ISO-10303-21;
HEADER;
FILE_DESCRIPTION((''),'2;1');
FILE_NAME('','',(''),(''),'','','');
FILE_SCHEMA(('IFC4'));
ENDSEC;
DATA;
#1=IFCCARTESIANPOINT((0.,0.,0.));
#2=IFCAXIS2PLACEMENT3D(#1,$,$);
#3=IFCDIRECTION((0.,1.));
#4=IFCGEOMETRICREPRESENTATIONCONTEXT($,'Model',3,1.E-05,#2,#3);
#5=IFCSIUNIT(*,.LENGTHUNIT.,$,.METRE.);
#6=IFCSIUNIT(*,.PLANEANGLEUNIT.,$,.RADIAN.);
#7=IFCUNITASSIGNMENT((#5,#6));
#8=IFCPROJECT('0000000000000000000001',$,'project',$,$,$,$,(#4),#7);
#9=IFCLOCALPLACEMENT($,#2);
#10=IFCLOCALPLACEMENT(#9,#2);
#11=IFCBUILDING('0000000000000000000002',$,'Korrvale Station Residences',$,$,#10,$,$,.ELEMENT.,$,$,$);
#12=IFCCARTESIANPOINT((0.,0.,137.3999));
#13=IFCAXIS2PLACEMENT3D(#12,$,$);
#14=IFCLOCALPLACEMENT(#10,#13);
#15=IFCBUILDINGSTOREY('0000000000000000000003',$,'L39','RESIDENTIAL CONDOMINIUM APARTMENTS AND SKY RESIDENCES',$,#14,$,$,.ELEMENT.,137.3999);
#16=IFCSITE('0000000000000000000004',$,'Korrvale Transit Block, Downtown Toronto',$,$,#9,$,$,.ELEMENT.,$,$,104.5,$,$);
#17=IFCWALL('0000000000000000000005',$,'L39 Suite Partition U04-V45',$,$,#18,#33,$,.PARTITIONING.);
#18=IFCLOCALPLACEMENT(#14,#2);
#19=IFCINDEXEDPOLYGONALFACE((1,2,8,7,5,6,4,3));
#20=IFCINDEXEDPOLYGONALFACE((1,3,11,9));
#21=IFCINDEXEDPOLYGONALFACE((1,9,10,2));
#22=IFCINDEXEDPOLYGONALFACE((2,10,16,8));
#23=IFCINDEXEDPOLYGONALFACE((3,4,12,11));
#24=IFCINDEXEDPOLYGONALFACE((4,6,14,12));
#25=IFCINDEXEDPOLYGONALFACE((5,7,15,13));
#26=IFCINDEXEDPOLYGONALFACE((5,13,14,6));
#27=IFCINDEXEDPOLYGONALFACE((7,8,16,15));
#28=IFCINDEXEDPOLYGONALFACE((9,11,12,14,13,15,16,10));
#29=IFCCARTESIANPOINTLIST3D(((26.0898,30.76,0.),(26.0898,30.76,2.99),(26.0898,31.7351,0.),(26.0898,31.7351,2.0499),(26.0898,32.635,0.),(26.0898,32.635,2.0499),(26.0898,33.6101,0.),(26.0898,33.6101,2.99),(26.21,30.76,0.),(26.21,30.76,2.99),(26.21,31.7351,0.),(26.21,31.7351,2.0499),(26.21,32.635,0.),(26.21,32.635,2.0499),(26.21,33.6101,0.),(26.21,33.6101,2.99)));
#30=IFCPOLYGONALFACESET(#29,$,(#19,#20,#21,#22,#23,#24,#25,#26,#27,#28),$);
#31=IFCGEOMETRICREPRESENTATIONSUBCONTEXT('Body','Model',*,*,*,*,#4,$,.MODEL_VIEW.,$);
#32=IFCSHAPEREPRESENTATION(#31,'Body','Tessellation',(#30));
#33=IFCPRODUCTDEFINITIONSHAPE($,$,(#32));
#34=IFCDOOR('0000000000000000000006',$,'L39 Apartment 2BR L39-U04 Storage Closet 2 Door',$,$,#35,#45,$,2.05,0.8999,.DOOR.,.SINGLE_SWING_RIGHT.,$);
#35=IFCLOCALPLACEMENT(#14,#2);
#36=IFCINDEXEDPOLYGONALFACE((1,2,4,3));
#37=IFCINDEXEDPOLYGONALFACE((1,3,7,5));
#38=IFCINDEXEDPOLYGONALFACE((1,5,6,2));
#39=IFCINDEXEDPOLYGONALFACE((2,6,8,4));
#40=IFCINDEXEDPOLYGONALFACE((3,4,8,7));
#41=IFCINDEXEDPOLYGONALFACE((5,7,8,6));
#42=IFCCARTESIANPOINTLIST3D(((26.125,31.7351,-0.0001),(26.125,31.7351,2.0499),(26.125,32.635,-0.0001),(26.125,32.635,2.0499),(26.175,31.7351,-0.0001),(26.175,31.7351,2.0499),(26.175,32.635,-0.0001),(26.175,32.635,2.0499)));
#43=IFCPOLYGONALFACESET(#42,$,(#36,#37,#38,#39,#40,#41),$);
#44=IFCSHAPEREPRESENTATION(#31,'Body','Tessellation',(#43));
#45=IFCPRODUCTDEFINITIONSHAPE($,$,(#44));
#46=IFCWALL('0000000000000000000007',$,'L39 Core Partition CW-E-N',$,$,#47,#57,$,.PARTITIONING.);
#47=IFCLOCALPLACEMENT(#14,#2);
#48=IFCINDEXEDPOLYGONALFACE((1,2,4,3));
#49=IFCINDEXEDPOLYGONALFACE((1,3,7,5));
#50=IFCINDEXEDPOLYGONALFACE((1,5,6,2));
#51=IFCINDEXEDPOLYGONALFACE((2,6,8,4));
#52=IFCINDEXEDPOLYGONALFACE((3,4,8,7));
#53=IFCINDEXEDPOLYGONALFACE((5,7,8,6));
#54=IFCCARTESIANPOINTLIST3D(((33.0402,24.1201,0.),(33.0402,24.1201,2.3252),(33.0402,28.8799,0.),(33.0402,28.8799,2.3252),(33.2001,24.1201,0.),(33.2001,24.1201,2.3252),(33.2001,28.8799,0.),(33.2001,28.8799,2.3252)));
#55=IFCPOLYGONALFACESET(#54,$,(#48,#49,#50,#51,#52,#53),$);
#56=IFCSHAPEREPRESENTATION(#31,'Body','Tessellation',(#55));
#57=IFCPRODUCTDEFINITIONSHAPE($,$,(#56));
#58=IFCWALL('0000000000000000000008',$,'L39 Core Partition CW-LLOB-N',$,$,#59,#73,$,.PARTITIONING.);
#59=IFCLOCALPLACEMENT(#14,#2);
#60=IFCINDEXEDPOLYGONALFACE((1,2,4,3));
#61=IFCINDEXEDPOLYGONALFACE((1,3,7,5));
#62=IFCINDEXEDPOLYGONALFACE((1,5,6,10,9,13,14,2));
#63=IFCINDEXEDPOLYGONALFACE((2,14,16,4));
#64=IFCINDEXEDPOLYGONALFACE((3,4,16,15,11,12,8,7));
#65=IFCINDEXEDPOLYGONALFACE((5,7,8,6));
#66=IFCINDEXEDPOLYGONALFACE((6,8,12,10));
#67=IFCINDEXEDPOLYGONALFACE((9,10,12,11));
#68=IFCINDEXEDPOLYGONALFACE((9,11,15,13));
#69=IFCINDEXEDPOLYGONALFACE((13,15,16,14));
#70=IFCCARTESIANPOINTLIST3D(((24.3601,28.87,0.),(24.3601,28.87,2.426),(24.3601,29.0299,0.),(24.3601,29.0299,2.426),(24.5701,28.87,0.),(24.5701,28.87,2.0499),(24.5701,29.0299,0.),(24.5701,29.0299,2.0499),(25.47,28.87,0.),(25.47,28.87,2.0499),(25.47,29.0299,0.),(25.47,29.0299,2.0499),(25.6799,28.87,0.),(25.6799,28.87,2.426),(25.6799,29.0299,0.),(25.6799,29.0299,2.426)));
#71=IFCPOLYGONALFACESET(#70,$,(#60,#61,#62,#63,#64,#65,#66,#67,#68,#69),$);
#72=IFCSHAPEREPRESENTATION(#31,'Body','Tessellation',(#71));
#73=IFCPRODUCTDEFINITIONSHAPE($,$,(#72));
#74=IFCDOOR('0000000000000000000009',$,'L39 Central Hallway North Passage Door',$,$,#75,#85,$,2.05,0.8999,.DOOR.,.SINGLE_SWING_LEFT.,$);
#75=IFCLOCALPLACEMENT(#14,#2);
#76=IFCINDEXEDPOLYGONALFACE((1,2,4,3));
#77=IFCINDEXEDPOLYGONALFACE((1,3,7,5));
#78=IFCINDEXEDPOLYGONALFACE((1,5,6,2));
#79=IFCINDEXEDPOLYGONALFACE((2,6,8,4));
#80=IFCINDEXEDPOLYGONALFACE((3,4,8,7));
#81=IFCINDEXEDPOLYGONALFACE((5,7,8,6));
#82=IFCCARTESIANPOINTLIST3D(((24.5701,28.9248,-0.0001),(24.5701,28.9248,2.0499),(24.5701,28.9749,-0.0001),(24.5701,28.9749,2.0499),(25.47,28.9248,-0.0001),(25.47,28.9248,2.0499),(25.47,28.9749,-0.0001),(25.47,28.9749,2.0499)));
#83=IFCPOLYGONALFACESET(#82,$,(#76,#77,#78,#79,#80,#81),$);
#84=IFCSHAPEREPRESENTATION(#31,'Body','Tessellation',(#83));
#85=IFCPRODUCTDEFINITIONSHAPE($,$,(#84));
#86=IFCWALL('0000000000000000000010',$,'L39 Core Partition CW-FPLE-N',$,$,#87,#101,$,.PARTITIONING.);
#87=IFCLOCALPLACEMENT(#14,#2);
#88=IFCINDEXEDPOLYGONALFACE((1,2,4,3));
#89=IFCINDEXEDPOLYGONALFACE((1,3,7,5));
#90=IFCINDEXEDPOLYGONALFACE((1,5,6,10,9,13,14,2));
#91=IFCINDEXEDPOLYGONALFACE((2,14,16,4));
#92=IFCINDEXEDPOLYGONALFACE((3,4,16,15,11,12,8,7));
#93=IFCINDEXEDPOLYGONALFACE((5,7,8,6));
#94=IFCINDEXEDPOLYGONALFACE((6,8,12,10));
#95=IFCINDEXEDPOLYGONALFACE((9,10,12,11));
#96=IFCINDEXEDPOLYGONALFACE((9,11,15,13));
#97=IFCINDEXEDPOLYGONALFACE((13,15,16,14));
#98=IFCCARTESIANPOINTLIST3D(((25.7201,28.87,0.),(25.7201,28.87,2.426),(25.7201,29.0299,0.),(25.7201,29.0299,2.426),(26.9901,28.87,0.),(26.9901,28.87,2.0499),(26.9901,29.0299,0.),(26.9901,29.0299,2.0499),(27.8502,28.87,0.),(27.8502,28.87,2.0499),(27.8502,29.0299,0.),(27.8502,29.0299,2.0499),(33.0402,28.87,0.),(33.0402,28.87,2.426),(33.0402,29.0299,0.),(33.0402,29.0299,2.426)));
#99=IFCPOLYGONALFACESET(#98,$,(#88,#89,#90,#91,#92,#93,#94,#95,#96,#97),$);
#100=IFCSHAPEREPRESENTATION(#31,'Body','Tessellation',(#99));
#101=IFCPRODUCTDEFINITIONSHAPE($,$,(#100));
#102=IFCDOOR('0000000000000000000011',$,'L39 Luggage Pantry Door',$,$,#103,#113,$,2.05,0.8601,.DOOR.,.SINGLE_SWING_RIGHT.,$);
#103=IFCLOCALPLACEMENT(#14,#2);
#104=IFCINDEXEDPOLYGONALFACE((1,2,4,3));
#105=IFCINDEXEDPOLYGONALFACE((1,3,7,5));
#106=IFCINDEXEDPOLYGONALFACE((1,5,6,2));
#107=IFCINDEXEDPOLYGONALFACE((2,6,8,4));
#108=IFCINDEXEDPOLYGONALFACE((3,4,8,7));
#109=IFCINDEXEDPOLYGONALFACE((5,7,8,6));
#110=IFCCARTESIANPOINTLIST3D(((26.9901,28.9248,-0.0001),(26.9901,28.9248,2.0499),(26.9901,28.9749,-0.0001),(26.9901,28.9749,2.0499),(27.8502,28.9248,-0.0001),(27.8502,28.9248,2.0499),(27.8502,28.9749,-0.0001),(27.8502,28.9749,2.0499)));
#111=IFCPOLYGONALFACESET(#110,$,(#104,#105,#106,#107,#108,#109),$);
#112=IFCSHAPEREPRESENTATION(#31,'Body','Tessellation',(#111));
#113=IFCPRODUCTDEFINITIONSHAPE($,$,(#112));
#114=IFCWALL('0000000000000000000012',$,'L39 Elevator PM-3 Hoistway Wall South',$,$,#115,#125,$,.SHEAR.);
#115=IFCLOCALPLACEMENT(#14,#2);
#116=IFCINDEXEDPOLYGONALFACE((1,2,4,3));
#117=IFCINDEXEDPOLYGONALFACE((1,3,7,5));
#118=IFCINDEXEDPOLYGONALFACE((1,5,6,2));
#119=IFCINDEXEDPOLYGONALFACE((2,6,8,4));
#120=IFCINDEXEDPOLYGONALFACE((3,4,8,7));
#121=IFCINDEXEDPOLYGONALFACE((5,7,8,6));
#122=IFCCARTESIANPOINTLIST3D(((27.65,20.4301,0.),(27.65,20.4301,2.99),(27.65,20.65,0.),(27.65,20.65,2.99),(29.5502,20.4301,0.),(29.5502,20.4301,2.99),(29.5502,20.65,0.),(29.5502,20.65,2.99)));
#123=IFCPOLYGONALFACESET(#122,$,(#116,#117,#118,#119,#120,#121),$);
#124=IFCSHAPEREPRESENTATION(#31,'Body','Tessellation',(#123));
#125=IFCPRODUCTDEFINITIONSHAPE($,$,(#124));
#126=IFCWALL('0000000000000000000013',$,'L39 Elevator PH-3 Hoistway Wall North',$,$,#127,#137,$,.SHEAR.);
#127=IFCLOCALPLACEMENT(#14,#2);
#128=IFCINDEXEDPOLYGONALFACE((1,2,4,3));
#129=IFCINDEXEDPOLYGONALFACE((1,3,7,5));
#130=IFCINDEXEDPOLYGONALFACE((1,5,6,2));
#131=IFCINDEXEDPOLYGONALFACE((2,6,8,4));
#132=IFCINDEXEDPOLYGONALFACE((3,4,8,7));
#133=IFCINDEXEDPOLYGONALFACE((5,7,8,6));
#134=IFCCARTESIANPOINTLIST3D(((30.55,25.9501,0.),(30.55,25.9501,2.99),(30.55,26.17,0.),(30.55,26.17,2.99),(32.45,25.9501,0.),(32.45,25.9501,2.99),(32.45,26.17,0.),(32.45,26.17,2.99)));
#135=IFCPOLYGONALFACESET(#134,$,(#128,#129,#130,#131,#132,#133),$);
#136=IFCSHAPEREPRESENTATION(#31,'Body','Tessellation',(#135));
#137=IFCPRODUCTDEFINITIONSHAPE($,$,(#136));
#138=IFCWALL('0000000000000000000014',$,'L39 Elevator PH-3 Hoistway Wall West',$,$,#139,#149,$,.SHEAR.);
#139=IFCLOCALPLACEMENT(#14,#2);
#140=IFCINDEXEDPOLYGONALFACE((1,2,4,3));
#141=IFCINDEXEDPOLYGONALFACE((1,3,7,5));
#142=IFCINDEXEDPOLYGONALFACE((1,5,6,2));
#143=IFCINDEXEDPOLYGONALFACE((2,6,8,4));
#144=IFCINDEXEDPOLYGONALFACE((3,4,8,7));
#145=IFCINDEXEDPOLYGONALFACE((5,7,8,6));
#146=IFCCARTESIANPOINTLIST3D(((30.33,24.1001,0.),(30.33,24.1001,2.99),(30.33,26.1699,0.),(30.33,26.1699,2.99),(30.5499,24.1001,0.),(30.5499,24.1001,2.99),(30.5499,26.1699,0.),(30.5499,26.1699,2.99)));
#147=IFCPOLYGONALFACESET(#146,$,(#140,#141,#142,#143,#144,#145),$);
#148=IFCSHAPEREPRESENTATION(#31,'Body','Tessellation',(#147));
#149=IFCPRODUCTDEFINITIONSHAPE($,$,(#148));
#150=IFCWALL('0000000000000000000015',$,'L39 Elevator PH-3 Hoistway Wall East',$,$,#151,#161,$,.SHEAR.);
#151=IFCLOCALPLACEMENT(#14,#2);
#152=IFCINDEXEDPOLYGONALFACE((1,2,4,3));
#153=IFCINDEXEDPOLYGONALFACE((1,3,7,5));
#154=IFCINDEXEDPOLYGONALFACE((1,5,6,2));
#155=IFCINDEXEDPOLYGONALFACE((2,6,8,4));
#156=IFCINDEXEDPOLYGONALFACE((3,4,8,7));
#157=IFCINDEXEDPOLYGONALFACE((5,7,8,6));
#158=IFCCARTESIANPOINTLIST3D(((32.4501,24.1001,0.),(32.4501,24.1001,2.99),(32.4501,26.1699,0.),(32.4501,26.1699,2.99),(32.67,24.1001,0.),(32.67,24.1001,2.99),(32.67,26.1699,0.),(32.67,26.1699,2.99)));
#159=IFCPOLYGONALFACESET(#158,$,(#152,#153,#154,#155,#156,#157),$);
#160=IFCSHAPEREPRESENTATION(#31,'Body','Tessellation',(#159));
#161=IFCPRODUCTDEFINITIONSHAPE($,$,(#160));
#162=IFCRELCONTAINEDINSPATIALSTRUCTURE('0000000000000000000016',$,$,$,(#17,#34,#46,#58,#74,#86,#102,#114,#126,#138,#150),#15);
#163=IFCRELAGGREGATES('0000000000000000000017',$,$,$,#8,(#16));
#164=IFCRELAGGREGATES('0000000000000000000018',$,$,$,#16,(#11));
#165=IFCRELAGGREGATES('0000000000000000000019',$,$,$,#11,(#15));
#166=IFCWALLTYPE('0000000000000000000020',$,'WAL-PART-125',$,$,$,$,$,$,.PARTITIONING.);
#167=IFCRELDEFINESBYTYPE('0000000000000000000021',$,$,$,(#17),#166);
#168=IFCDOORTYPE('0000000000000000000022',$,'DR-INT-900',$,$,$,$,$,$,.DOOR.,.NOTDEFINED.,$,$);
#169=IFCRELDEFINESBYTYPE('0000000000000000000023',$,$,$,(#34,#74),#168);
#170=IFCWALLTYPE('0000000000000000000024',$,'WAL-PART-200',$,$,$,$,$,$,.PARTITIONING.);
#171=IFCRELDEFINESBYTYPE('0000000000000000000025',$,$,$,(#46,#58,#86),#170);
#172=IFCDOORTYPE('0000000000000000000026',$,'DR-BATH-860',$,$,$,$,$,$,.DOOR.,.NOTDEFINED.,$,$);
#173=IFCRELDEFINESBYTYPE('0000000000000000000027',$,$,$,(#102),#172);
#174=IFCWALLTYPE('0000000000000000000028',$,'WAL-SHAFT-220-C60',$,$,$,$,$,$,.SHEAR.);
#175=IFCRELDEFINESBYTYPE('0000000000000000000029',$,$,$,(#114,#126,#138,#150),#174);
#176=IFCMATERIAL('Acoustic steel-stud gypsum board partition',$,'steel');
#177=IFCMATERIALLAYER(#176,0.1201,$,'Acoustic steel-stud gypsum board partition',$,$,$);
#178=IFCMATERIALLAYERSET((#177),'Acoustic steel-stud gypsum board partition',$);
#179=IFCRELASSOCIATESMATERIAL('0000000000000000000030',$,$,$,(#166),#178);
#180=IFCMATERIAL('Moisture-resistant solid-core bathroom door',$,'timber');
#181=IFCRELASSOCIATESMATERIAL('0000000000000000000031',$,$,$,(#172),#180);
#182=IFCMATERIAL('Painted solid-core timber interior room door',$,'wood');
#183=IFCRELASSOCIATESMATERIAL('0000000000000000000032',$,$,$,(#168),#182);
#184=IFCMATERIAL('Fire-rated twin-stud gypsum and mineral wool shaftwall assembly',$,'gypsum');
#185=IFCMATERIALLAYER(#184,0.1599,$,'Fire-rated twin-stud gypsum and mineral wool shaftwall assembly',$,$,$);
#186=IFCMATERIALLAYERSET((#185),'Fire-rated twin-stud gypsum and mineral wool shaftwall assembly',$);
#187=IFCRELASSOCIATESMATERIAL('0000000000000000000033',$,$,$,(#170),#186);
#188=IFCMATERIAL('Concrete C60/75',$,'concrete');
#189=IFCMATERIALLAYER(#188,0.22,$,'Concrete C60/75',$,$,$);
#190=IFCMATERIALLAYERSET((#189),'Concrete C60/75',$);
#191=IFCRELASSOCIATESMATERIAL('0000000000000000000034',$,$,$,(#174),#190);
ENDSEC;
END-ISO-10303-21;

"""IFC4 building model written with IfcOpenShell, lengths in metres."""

from ifc_helpers import new_model, si_unit, direction, frame, frame_2d, origin, place, context, subcontext, project, spatial, rectangle, extrude, material, layer, layer_set, type_object, element, fill, save


model = new_model("IFC4")

# Units and contexts
model_context = context("Model", 3, precision=1e-05, world=origin(), true_north=direction((0.0, 1.0)))
body_context = subcontext(model_context, "Body", "Model", "MODEL_VIEW")
ifc_project = project(units=[si_unit("LENGTHUNIT", "METRE"), si_unit("PLANEANGLEUNIT", "RADIAN")], contexts=[model_context])

# Site, building, storey
site_placement = place(None, origin())
site = spatial("IfcSite", under=ifc_project, at=site_placement, Name="Korrvale Transit Block, Downtown Toronto", CompositionType="ELEMENT", RefElevation=104.5)
building_placement = place(site_placement, origin())
building = spatial("IfcBuilding", under=site, at=building_placement, Name="Korrvale Station Residences", CompositionType="ELEMENT")
storey_placement = place(building_placement, frame((0.0, 0.0, 137.3999)))
storey = spatial("IfcBuildingStorey", under=building, at=storey_placement, Name="L39", Description="RESIDENTIAL CONDOMINIUM APARTMENTS AND SKY RESIDENCES", CompositionType="ELEMENT", Elevation=137.3999)

# Shared definitions
ifc_material_1 = material(Name="Concrete C60/75", Category="concrete")

# Shared definitions
ifc_material_2 = material(Name="Acoustic steel-stud gypsum board partition", Category="steel")
ifc_layer_1 = layer(ifc_material_2, 0.1201, Name="Acoustic steel-stud gypsum board partition")
ifc_layer_set_1 = layer_set([ifc_layer_1], Name="Acoustic steel-stud gypsum board partition")
wall_type_1 = type_object("IfcWallType", Name="WAL-PART-125", PredefinedType="PARTITIONING", material=ifc_layer_set_1)

# Shared definitions
ifc_material_3 = material(Name="Moisture-resistant solid-core bathroom door", Category="timber")
door_type_1 = type_object("IfcDoorType", Name="DR-BATH-860", OperationType="NOTDEFINED", PredefinedType="DOOR", material=ifc_material_3)

# Wall, opening, door
ifc_material_4 = material(Name="Painted solid-core timber interior room door", Category="wood")
door_type_2 = type_object("IfcDoorType", Name="DR-INT-900", OperationType="NOTDEFINED", PredefinedType="DOOR", material=ifc_material_4)
wall_1_placement = place(storey_placement, frame((26.1499, 30.76, 0.0), z_axis=(0.0, 0.0, 1.0), x_axis=(0.0, 1.0, 0.0)))
wall_1 = element("IfcWall", 1, at=wall_1_placement, inside=storey, type_object=wall_type_1, Name="L39 Suite Partition U04-V45", PredefinedType="PARTITIONING", context=body_context, shape_type="SweptSolid", body=[
    extrude(rectangle(XDim=2.8501, YDim=0.1201, at=frame_2d((1.425, 0.0))), origin(), (0.0, 0.0, 1.0), 2.99),
])
opening_1_placement = place(wall_1_placement, frame((0.9751, 0.0, 0.0)))
opening_1 = element("IfcOpeningElement", 2, at=opening_1_placement, cuts=wall_1, PredefinedType="OPENING", context=body_context, shape_type="SweptSolid", body=[
    extrude(rectangle(XDim=0.8999, YDim=2.05, at=frame_2d((0.45, 1.0249))), frame((0.0, 0.0701, 0.0), z_axis=(0.0, -1.0, 0.0), x_axis=(1.0, 0.0, 0.0)), (0.0, 0.0, 1.0), 0.1401),
])
door_1_placement = place(opening_1_placement, origin())
door_1 = element("IfcDoor", 3, at=door_1_placement, inside=storey, type_object=door_type_2, Name="L39 Apartment 2BR L39-U04 Storage Closet 2 Door", OperationType="SINGLE_SWING_RIGHT", OverallHeight=2.05, OverallWidth=0.8999, PredefinedType="DOOR", context=body_context, shape_type="SweptSolid", body=[
    extrude(rectangle(XDim=0.8999, YDim=2.05, at=frame_2d((0.45, 1.0249))), frame((0.0, 0.0249, 0.0), z_axis=(0.0, -1.0, 0.0), x_axis=(1.0, 0.0, 0.0)), (0.0, 0.0, 1.0), 0.05),
])
fill(opening_1, door_1)

# Wall
ifc_material_5 = material(Name="Fire-rated twin-stud gypsum and mineral wool shaftwall assembly", Category="gypsum")
ifc_layer_2 = layer(ifc_material_5, 0.1599, Name="Fire-rated twin-stud gypsum and mineral wool shaftwall assembly")
ifc_layer_set_2 = layer_set([ifc_layer_2], Name="Fire-rated twin-stud gypsum and mineral wool shaftwall assembly")
wall_type_2 = type_object("IfcWallType", Name="WAL-PART-200", PredefinedType="PARTITIONING", material=ifc_layer_set_2)
wall_2_placement = place(storey_placement, frame((33.1201, 24.1201, 0.0), z_axis=(0.0, 0.0, 1.0), x_axis=(0.0, 1.0, 0.0)))
element("IfcWall", 4, at=wall_2_placement, inside=storey, type_object=wall_type_2, Name="L39 Core Partition CW-E-N", PredefinedType="PARTITIONING", context=body_context, shape_type="SweptSolid", body=[
    extrude(rectangle(XDim=4.7598, YDim=0.1599, at=frame_2d((2.3799, 0.0))), origin(), (0.0, 0.0, 1.0), 2.3252),
])

# Walls, openings, doors
wall_3_placement = place(storey_placement, frame((24.3601, 28.95, 0.0), z_axis=(0.0, 0.0, 1.0), x_axis=(1.0, 0.0, 0.0)))
wall_3 = element("IfcWall", 5, at=wall_3_placement, inside=storey, type_object=wall_type_2, Name="L39 Core Partition CW-LLOB-N", PredefinedType="PARTITIONING", context=body_context, shape_type="SweptSolid", body=[
    extrude(rectangle(XDim=1.3198, YDim=0.1599, at=frame_2d((0.6599, 0.0))), origin(), (0.0, 0.0, 1.0), 2.426),
])
opening_2_placement = place(wall_3_placement, frame((0.21, 0.0, 0.0)))
opening_2 = element("IfcOpeningElement", 6, at=opening_2_placement, cuts=wall_3, PredefinedType="OPENING", context=body_context, shape_type="SweptSolid", body=[
    extrude(rectangle(XDim=0.8999, YDim=2.05, at=frame_2d((0.45, 1.0249))), frame((0.0, 0.0898, 0.0), z_axis=(0.0, -1.0, 0.0), x_axis=(1.0, 0.0, 0.0)), (0.0, 0.0, 1.0), 0.1799),
])
door_2_placement = place(opening_2_placement, origin())
door_2 = element("IfcDoor", 7, at=door_2_placement, inside=storey, type_object=door_type_2, Name="L39 Central Hallway North Passage Door", OperationType="SINGLE_SWING_LEFT", OverallHeight=2.05, OverallWidth=0.8999, PredefinedType="DOOR", context=body_context, shape_type="SweptSolid", body=[
    extrude(rectangle(XDim=0.8999, YDim=2.05, at=frame_2d((0.45, 1.0249))), frame((0.0, 0.0249, 0.0), z_axis=(0.0, -1.0, 0.0), x_axis=(1.0, 0.0, 0.0)), (0.0, 0.0, 1.0), 0.05),
])
fill(opening_2, door_2)
wall_4_placement = place(storey_placement, frame((25.72, 28.95, 0.0), z_axis=(0.0, 0.0, 1.0), x_axis=(1.0, 0.0, 0.0)))
wall_4 = element("IfcWall", 8, at=wall_4_placement, inside=storey, type_object=wall_type_2, Name="L39 Core Partition CW-FPLE-N", PredefinedType="PARTITIONING", context=body_context, shape_type="SweptSolid", body=[
    extrude(rectangle(XDim=7.3201, YDim=0.1599, at=frame_2d((3.6602, 0.0))), origin(), (0.0, 0.0, 1.0), 2.426),
])
opening_3_placement = place(wall_4_placement, frame((1.27, 0.0, 0.0)))
opening_3 = element("IfcOpeningElement", 9, at=opening_3_placement, cuts=wall_4, PredefinedType="OPENING", context=body_context, shape_type="SweptSolid", body=[
    extrude(rectangle(XDim=0.8601, YDim=2.05, at=frame_2d((0.4302, 1.0249))), frame((0.0, 0.0898, 0.0), z_axis=(0.0, -1.0, 0.0), x_axis=(1.0, 0.0, 0.0)), (0.0, 0.0, 1.0), 0.1799),
])
door_3_placement = place(opening_3_placement, origin())
door_3 = element("IfcDoor", 10, at=door_3_placement, inside=storey, type_object=door_type_1, Name="L39 Luggage Pantry Door", OperationType="SINGLE_SWING_RIGHT", OverallHeight=2.05, OverallWidth=0.8601, PredefinedType="DOOR", context=body_context, shape_type="SweptSolid", body=[
    extrude(rectangle(XDim=0.8601, YDim=2.05, at=frame_2d((0.4302, 1.0249))), frame((0.0, 0.0249, 0.0), z_axis=(0.0, -1.0, 0.0), x_axis=(1.0, 0.0, 0.0)), (0.0, 0.0, 1.0), 0.05),
])
fill(opening_3, door_3)
ifc_layer_3 = layer(ifc_material_1, 0.22, Name="Concrete C60/75")
ifc_layer_set_3 = layer_set([ifc_layer_3], Name="Concrete C60/75")
wall_type_3 = type_object("IfcWallType", Name="WAL-SHAFT-220-C60", PredefinedType="SHEAR", material=ifc_layer_set_3)

# Wall
wall_5_placement = place(storey_placement, frame((27.6499, 20.54, 0.0), z_axis=(0.0, 0.0, 1.0), x_axis=(1.0, 0.0, 0.0)))
element("IfcWall", 11, at=wall_5_placement, inside=storey, type_object=wall_type_3, Name="L39 Elevator PM-3 Hoistway Wall South", PredefinedType="SHEAR", context=body_context, shape_type="SweptSolid", body=[
    extrude(rectangle(XDim=1.9001, YDim=0.22, at=frame_2d((0.9502, 0.0))), origin(), (0.0, 0.0, 1.0), 2.99),
])

# Walls
wall_6_placement = place(storey_placement, frame((30.55, 26.0601, 0.0), z_axis=(0.0, 0.0, 1.0), x_axis=(1.0, 0.0, 0.0)))
element("IfcWall", 12, at=wall_6_placement, inside=storey, type_object=wall_type_3, Name="L39 Elevator PH-3 Hoistway Wall North", PredefinedType="SHEAR", context=body_context, shape_type="SweptSolid", body=[
    extrude(rectangle(XDim=1.8999, YDim=0.22, at=frame_2d((0.95, 0.0))), origin(), (0.0, 0.0, 1.0), 2.99),
])
for number, where, z_axis, x_axis, name in (
    (13, (30.4399, 24.1001, 0.0), (0.0, 0.0, 1.0), (0.0, 1.0, 0.0), "L39 Elevator PH-3 Hoistway Wall West"),
    (14, (32.5601, 24.1001, 0.0), (0.0, 0.0, 1.0), (0.0, 1.0, 0.0), "L39 Elevator PH-3 Hoistway Wall East"),
):
    element("IfcWall", number, at=place(storey_placement, frame(where, z_axis=z_axis, x_axis=x_axis)), inside=storey, type_object=wall_type_3, Name=name, PredefinedType="SHEAR", context=body_context, shape_type="SweptSolid", body=[
        extrude(rectangle(XDim=2.0698, YDim=0.22, at=frame_2d((1.0349, 0.0))), origin(), (0.0, 0.0, 1.0), 2.99),
    ])

save(model, "model.ifc")
